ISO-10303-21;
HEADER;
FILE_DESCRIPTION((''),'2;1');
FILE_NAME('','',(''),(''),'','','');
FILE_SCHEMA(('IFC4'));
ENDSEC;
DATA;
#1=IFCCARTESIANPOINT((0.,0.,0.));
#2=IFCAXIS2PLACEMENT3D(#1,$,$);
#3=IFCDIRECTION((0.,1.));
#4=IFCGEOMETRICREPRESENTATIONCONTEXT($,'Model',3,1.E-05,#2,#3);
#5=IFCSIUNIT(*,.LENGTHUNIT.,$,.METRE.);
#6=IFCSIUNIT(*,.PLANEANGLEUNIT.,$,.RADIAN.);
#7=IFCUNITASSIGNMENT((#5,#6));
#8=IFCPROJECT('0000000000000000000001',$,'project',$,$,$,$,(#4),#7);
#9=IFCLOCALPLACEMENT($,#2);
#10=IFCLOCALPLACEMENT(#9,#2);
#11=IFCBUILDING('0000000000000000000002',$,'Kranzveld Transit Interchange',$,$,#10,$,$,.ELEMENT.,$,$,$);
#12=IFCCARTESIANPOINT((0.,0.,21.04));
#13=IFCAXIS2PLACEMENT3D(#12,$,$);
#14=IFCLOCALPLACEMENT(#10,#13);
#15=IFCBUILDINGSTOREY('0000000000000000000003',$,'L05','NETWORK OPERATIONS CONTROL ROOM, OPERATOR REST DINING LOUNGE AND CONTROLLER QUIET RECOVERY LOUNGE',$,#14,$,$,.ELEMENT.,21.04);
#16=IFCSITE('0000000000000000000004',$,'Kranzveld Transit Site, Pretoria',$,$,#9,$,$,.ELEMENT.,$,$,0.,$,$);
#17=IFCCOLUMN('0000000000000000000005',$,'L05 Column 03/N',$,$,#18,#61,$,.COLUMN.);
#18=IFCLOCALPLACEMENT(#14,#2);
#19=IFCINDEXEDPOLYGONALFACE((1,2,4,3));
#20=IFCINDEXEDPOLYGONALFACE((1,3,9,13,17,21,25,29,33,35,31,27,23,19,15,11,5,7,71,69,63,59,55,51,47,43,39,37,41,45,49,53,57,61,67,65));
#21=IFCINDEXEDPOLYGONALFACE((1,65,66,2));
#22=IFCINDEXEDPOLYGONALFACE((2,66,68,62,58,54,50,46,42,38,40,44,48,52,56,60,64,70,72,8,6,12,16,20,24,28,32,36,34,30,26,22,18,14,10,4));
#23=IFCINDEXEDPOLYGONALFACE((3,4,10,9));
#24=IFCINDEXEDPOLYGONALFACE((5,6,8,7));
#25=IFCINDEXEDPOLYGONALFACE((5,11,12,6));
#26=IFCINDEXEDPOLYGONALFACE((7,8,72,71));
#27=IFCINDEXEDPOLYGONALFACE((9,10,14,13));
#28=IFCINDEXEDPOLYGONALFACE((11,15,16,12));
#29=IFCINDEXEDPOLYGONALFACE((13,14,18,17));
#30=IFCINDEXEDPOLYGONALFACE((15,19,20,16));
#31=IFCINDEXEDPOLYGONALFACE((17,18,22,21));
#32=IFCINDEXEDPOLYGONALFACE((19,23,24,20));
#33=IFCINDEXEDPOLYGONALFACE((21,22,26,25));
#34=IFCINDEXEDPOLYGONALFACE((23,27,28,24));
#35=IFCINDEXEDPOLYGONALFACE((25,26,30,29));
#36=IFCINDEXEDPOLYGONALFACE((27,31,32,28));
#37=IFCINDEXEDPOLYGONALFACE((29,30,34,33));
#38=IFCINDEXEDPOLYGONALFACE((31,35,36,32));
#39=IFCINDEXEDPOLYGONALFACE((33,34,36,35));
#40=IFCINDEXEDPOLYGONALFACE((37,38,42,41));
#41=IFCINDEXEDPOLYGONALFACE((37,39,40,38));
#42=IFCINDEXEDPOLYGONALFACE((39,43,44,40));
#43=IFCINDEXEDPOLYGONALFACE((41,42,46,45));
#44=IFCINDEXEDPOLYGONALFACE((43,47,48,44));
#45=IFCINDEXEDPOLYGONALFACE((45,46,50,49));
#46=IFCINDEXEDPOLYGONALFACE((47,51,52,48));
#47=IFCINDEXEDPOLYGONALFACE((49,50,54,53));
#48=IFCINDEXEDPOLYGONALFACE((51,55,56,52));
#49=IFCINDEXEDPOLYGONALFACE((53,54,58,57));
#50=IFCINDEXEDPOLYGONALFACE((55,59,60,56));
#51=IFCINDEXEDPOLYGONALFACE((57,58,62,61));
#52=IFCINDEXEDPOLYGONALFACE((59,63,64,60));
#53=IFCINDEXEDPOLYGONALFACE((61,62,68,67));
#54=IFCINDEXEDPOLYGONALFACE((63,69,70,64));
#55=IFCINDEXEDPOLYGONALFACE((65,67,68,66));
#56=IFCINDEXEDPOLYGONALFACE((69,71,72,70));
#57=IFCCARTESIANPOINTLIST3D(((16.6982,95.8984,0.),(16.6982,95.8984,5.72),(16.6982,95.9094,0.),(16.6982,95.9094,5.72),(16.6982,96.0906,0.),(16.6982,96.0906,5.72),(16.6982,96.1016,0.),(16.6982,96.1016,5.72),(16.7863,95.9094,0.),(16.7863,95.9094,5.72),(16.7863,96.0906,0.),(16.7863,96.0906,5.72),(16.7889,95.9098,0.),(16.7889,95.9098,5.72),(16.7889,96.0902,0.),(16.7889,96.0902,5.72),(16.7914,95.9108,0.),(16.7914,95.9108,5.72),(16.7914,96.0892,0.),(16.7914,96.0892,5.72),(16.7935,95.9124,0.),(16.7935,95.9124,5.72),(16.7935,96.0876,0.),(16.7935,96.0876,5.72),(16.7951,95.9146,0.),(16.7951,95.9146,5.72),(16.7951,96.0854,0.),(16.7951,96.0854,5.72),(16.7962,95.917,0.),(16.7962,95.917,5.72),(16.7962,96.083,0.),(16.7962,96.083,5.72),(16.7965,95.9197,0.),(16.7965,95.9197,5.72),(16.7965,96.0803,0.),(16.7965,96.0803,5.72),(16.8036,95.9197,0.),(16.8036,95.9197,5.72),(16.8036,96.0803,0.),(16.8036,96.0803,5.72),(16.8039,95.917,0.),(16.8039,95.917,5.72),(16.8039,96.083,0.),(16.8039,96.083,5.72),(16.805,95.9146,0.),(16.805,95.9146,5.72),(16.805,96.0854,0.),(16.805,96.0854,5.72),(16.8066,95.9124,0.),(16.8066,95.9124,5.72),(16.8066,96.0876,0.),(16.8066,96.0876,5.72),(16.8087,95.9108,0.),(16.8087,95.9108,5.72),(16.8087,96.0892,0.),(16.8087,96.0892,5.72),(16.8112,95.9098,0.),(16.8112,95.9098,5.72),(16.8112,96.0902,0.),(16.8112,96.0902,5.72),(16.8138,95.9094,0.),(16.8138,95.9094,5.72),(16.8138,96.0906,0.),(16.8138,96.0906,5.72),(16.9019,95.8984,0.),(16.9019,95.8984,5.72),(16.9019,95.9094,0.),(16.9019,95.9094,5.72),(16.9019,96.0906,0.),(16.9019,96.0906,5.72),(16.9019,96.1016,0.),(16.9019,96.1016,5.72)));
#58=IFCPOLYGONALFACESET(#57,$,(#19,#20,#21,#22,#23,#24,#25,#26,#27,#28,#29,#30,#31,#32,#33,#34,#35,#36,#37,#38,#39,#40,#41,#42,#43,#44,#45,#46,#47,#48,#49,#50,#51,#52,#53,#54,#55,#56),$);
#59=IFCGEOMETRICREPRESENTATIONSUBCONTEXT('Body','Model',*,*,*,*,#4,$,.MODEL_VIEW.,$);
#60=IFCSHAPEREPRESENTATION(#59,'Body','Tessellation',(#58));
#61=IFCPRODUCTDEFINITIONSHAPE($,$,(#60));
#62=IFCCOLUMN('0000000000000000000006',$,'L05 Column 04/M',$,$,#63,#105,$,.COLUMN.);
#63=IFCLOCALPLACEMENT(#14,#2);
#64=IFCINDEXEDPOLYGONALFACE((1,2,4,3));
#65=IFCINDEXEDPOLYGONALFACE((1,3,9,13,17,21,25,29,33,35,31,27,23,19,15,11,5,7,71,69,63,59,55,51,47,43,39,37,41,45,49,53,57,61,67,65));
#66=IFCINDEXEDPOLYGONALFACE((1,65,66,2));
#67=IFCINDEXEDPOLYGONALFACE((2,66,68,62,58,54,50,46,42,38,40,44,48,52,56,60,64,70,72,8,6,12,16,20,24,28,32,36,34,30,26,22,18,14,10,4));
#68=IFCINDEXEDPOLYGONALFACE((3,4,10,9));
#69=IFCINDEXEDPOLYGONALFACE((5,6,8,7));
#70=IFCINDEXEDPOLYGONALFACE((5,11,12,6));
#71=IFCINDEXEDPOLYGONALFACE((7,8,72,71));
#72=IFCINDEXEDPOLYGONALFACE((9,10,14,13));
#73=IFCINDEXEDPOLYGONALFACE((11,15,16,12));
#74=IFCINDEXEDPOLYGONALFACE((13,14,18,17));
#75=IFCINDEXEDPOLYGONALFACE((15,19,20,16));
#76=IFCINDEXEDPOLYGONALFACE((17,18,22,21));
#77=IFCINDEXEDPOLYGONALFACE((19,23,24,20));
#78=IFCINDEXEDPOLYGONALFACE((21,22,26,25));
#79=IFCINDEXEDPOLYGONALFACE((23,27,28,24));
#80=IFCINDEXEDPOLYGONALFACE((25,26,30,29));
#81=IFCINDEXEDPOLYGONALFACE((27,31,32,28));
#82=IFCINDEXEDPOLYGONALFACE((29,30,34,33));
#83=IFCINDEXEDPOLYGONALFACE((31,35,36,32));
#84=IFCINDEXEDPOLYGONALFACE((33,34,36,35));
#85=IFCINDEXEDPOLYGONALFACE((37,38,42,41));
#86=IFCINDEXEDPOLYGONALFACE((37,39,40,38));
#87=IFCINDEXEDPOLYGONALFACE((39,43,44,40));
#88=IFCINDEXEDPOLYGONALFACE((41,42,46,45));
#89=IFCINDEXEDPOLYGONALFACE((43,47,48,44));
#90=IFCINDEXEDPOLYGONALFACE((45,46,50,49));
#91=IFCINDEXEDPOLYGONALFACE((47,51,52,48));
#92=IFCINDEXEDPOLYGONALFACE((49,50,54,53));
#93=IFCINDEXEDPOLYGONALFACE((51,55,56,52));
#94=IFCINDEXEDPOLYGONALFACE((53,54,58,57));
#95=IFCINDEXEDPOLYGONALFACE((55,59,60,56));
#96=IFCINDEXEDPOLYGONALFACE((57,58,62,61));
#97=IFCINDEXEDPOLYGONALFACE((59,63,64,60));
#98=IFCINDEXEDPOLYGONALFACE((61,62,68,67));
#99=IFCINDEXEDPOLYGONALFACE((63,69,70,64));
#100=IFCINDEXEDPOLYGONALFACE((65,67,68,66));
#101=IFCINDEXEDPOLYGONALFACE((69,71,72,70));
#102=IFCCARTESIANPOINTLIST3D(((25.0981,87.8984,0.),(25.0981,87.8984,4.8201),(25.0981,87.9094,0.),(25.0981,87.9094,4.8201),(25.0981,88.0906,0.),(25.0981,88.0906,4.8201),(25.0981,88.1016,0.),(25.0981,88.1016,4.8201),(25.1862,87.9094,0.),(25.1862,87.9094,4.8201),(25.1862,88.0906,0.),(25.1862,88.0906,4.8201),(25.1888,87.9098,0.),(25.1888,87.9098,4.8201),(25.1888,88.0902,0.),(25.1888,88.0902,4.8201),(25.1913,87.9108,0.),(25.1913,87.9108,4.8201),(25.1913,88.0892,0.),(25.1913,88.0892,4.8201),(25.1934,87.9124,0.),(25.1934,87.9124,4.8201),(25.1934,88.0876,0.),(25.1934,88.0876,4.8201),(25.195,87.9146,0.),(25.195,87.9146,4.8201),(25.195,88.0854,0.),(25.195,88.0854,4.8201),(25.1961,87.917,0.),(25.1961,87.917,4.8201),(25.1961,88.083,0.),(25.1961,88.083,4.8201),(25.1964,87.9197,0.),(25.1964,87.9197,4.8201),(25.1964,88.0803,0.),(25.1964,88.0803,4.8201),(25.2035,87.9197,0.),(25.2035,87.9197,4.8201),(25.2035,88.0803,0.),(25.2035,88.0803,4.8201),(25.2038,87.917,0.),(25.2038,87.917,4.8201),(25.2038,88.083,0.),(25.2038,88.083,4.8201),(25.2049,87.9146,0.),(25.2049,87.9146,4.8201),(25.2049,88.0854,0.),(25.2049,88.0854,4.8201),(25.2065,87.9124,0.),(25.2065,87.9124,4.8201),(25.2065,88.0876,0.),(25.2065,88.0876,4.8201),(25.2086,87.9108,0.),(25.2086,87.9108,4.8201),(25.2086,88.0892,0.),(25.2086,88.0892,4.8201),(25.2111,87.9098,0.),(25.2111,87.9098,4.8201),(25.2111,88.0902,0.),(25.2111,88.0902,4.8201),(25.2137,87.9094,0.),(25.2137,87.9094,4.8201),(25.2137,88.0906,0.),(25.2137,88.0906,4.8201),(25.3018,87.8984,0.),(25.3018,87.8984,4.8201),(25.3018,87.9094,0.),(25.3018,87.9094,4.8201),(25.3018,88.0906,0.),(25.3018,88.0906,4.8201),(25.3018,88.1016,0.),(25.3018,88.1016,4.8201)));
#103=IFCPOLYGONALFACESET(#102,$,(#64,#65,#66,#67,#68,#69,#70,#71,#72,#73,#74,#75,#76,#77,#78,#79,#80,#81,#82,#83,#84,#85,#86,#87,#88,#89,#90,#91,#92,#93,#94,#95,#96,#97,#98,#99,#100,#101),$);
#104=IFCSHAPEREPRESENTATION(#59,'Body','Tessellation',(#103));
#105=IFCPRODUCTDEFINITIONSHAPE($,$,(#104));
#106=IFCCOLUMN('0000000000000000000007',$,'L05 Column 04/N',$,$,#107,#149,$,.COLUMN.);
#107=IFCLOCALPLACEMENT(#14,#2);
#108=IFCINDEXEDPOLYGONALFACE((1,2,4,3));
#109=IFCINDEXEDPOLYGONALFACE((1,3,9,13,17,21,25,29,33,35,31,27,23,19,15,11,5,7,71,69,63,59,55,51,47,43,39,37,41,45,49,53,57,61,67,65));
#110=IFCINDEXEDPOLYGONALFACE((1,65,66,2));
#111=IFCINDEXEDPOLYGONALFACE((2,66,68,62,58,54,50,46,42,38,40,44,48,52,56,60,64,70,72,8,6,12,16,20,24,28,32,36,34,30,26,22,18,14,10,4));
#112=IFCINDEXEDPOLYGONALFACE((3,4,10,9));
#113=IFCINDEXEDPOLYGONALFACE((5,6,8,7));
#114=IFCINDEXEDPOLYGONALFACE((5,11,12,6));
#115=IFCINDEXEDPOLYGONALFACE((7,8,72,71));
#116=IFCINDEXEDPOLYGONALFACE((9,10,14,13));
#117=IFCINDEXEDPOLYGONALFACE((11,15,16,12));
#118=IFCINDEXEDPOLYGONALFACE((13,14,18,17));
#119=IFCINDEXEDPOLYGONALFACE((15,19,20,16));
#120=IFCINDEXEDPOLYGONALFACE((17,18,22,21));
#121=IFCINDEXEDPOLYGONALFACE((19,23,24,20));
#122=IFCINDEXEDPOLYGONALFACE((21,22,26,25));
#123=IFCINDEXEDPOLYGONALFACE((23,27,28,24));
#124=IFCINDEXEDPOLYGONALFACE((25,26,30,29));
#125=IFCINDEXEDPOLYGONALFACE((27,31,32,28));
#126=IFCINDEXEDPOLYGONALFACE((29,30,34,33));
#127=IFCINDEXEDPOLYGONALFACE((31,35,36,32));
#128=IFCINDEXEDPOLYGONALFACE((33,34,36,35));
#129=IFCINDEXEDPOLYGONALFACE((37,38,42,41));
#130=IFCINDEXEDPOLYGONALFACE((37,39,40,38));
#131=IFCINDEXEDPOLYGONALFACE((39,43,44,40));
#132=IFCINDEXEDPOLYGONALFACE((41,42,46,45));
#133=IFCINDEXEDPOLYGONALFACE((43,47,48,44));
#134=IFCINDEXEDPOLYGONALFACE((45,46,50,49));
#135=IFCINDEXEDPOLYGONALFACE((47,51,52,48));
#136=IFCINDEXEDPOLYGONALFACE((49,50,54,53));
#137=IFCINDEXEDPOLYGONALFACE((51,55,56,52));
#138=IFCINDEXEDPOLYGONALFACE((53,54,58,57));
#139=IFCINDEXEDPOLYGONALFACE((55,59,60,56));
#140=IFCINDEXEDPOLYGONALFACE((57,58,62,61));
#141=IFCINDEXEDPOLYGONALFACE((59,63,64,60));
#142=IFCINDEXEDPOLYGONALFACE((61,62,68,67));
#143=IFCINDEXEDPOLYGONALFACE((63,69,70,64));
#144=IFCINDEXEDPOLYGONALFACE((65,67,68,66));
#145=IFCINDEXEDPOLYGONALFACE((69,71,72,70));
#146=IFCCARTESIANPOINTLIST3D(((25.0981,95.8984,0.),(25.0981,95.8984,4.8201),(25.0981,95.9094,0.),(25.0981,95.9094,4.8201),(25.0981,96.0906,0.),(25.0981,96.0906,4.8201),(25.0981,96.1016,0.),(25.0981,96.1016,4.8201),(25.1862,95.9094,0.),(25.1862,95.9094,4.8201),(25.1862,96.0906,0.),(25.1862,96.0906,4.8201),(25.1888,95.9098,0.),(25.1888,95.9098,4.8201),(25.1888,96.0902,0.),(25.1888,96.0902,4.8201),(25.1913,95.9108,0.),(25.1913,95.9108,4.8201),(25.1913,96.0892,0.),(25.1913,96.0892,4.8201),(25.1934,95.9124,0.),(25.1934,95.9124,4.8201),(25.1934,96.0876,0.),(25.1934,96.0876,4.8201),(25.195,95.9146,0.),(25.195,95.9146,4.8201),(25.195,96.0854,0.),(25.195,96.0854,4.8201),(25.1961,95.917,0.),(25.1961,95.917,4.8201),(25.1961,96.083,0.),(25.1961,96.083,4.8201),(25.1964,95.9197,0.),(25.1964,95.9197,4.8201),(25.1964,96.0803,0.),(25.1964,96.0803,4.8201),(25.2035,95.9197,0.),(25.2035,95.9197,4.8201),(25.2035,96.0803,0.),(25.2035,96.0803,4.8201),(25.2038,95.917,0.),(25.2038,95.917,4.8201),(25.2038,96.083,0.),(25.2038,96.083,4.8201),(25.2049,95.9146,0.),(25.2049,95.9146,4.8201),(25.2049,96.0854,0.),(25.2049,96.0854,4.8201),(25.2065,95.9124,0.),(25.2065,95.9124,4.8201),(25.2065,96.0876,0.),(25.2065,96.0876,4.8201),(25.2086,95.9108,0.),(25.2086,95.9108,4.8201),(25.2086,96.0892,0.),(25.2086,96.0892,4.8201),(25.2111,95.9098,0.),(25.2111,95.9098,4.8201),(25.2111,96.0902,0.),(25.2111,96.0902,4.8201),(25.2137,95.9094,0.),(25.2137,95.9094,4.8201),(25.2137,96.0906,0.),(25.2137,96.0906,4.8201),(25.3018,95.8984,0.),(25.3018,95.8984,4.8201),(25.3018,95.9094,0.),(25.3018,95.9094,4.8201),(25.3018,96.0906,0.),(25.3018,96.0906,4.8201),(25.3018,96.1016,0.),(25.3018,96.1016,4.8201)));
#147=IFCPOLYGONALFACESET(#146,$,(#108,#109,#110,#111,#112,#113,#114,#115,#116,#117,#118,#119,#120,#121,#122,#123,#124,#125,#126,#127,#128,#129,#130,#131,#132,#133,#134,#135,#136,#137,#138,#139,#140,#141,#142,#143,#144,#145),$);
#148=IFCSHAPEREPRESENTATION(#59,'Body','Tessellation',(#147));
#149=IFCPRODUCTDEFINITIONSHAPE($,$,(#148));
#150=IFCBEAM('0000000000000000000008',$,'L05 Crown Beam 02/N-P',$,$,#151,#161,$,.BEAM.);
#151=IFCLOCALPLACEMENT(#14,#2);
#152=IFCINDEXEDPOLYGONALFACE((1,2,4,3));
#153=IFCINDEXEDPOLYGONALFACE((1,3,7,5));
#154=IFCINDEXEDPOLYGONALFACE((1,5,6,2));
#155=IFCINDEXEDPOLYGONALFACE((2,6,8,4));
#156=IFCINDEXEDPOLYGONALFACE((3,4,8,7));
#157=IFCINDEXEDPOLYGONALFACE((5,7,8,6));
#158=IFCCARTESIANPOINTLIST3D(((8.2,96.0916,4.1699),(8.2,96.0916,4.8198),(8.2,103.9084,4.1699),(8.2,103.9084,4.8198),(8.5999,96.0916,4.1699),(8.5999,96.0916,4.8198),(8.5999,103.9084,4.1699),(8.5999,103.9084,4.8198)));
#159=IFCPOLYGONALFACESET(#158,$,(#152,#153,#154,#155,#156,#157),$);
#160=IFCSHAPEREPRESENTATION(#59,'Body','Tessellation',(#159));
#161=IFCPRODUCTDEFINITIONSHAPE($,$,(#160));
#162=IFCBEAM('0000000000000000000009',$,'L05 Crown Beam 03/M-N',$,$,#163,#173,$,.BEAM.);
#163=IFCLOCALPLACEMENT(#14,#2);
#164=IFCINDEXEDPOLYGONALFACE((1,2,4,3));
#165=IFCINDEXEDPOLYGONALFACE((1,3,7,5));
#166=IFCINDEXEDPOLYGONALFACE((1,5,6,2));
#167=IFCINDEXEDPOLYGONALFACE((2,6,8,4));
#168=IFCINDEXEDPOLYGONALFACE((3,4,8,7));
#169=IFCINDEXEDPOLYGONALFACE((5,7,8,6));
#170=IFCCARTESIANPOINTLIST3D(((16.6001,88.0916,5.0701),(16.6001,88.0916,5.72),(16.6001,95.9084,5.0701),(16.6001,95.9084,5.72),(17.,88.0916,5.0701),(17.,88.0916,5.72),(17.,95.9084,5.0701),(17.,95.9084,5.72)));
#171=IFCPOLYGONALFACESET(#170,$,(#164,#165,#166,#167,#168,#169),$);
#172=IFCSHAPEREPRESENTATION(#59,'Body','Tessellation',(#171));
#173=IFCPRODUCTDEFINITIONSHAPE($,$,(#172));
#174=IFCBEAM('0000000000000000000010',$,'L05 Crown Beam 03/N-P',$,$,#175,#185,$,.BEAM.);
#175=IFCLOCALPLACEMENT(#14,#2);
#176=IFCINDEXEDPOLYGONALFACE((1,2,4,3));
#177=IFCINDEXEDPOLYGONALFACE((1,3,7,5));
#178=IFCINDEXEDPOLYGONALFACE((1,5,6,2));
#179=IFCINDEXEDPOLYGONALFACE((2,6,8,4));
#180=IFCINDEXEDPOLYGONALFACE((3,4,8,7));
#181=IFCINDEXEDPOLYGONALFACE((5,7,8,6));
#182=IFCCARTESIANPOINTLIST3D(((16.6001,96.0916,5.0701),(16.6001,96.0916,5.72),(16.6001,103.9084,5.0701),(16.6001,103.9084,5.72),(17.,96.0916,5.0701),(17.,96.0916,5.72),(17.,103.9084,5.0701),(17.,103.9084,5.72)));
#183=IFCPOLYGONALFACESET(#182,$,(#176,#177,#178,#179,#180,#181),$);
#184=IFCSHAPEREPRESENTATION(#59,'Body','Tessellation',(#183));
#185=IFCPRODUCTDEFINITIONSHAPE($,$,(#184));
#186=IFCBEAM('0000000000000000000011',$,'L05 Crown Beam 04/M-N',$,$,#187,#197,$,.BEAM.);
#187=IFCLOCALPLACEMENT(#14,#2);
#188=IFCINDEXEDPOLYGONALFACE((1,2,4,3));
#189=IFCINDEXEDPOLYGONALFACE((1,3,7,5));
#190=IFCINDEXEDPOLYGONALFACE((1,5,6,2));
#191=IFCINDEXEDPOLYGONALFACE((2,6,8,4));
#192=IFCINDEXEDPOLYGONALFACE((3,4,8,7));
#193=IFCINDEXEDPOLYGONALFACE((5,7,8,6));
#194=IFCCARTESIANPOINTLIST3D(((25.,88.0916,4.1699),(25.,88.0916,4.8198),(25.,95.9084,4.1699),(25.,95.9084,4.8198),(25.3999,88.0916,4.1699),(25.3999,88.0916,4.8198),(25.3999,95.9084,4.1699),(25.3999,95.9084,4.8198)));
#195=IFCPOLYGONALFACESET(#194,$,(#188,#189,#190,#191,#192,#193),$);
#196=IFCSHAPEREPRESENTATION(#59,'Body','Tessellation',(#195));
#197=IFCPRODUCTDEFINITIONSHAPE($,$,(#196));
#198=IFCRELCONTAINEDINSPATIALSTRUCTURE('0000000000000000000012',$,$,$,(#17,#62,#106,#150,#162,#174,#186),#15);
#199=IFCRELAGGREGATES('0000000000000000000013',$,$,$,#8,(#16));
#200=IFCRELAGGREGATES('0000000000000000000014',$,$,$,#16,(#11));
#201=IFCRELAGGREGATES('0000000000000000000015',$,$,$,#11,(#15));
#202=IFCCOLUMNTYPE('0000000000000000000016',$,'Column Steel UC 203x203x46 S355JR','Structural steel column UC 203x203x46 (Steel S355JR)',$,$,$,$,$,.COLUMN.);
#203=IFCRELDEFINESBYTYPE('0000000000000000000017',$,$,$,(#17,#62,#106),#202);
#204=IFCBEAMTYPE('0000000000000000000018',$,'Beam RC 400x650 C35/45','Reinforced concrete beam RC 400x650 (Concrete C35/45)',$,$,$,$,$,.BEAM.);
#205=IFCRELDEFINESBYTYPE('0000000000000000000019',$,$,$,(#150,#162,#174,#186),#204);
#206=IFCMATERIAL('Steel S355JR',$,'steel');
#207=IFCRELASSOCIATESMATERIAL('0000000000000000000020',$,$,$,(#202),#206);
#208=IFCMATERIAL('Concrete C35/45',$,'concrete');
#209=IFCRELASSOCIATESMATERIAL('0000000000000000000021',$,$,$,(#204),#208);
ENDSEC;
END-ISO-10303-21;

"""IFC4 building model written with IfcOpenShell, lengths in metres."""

from ifc_helpers import new_model, si_unit, direction, frame, origin, origin_2d, place, context, subcontext, project, spatial, rectangle, i_section, extrude, material, material_profile, profile_set, type_object, element, save


model = new_model("IFC4")

# Units and contexts
model_context = context("Model", 3, precision=1e-05, world=origin(), true_north=direction((0.0, 1.0)))
body_context = subcontext(model_context, "Body", "Model", "MODEL_VIEW")
ifc_project = project(units=[si_unit("LENGTHUNIT", "METRE"), si_unit("PLANEANGLEUNIT", "RADIAN")], contexts=[model_context])

# Site, building, storey
site_placement = place(None, origin())
site = spatial("IfcSite", under=ifc_project, at=site_placement, Name="Kranzveld Transit Site, Pretoria", CompositionType="ELEMENT", RefElevation=0.0)
building_placement = place(site_placement, origin())
building = spatial("IfcBuilding", under=site, at=building_placement, Name="Kranzveld Transit Interchange", CompositionType="ELEMENT")
storey_placement = place(building_placement, frame((0.0, 0.0, 21.04)))
storey = spatial("IfcBuildingStorey", under=building, at=storey_placement, Name="L05", Description="NETWORK OPERATIONS CONTROL ROOM, OPERATOR REST DINING LOUNGE AND CONTROLLER QUIET RECOVERY LOUNGE", CompositionType="ELEMENT", Elevation=21.04)

# Columns
ifc_material_1 = material(Name="Steel S355JR", Category="steel")
ifc_material_profile_1 = material_profile(ifc_material_1, i_section(OverallWidth=0.2036, OverallDepth=0.2031, WebThickness=0.0071, FlangeThickness=0.011, FilletRadius=0.0103, at=origin_2d()), Name="UC 203x203x46")
ifc_profile_set_1 = profile_set([ifc_material_profile_1], Name="Steel S355JR")
column_type = type_object("IfcColumnType", Name="Column Steel UC 203x203x46 S355JR", Description="Structural steel column UC 203x203x46 (Steel S355JR)", PredefinedType="COLUMN", material=ifc_profile_set_1)
column_placement = place(storey_placement, frame((16.8, 96.0, 0.0), z_axis=(0.0, 0.0, 1.0), x_axis=(1.0, 0.0, 0.0)))
element("IfcColumn", 1, at=column_placement, inside=storey, type_object=column_type, Name="L05 Column 03/N", PredefinedType="COLUMN", context=body_context, shape_type="SweptSolid", body=[
    extrude(i_section(OverallWidth=0.2036, OverallDepth=0.2031, WebThickness=0.0071, FlangeThickness=0.011, FilletRadius=0.0103, at=origin_2d()), origin(), (0.0, 0.0, 1.0), 5.72),
])
for number, where, z_axis, x_axis, name in (
    (2, (25.2, 88.0, 0.0), (0.0, 0.0, 1.0), (1.0, 0.0, 0.0), "L05 Column 04/M"),
    (3, (25.2, 96.0, 0.0), (0.0, 0.0, 1.0), (1.0, 0.0, 0.0), "L05 Column 04/N"),
):
    element("IfcColumn", number, at=place(storey_placement, frame(where, z_axis=z_axis, x_axis=x_axis)), inside=storey, type_object=column_type, Name=name, PredefinedType="COLUMN", context=body_context, shape_type="SweptSolid", body=[
        extrude(i_section(OverallWidth=0.2036, OverallDepth=0.2031, WebThickness=0.0071, FlangeThickness=0.011, FilletRadius=0.0103, at=origin_2d()), origin(), (0.0, 0.0, 1.0), 4.8201),
    ])

# Beams
ifc_material_2 = material(Name="Concrete C35/45", Category="concrete")
ifc_material_profile_2 = material_profile(ifc_material_2, rectangle(XDim=0.3999, YDim=0.6499, at=origin_2d()), Name="RC 400x650")
ifc_profile_set_2 = profile_set([ifc_material_profile_2], Name="Concrete C35/45")
beam_type = type_object("IfcBeamType", Name="Beam RC 400x650 C35/45", Description="Reinforced concrete beam RC 400x650 (Concrete C35/45)", PredefinedType="BEAM", material=ifc_profile_set_2)
for number, where, z_axis, x_axis, name in (
    (4, (8.3999, 96.0916, 4.4949), (0.0, 1.0, 0.0), (-1.0, 0.0, 0.0), "L05 Crown Beam 02/N-P"),
    (5, (16.8, 88.0916, 5.395), (0.0, 1.0, 0.0), (-1.0, 0.0, 0.0), "L05 Crown Beam 03/M-N"),
    (6, (16.8, 96.0916, 5.395), (0.0, 1.0, 0.0), (-1.0, 0.0, 0.0), "L05 Crown Beam 03/N-P"),
    (7, (25.2, 88.0916, 4.4949), (0.0, 1.0, 0.0), (-1.0, 0.0, 0.0), "L05 Crown Beam 04/M-N"),
):
    element("IfcBeam", number, at=place(storey_placement, frame(where, z_axis=z_axis, x_axis=x_axis)), inside=storey, type_object=beam_type, Name=name, PredefinedType="BEAM", context=body_context, shape_type="SweptSolid", body=[
        extrude(rectangle(XDim=0.3999, YDim=0.6499, at=origin_2d()), origin(), (0.0, 0.0, 1.0), 7.8169),
    ])

save(model, "model.ifc")
